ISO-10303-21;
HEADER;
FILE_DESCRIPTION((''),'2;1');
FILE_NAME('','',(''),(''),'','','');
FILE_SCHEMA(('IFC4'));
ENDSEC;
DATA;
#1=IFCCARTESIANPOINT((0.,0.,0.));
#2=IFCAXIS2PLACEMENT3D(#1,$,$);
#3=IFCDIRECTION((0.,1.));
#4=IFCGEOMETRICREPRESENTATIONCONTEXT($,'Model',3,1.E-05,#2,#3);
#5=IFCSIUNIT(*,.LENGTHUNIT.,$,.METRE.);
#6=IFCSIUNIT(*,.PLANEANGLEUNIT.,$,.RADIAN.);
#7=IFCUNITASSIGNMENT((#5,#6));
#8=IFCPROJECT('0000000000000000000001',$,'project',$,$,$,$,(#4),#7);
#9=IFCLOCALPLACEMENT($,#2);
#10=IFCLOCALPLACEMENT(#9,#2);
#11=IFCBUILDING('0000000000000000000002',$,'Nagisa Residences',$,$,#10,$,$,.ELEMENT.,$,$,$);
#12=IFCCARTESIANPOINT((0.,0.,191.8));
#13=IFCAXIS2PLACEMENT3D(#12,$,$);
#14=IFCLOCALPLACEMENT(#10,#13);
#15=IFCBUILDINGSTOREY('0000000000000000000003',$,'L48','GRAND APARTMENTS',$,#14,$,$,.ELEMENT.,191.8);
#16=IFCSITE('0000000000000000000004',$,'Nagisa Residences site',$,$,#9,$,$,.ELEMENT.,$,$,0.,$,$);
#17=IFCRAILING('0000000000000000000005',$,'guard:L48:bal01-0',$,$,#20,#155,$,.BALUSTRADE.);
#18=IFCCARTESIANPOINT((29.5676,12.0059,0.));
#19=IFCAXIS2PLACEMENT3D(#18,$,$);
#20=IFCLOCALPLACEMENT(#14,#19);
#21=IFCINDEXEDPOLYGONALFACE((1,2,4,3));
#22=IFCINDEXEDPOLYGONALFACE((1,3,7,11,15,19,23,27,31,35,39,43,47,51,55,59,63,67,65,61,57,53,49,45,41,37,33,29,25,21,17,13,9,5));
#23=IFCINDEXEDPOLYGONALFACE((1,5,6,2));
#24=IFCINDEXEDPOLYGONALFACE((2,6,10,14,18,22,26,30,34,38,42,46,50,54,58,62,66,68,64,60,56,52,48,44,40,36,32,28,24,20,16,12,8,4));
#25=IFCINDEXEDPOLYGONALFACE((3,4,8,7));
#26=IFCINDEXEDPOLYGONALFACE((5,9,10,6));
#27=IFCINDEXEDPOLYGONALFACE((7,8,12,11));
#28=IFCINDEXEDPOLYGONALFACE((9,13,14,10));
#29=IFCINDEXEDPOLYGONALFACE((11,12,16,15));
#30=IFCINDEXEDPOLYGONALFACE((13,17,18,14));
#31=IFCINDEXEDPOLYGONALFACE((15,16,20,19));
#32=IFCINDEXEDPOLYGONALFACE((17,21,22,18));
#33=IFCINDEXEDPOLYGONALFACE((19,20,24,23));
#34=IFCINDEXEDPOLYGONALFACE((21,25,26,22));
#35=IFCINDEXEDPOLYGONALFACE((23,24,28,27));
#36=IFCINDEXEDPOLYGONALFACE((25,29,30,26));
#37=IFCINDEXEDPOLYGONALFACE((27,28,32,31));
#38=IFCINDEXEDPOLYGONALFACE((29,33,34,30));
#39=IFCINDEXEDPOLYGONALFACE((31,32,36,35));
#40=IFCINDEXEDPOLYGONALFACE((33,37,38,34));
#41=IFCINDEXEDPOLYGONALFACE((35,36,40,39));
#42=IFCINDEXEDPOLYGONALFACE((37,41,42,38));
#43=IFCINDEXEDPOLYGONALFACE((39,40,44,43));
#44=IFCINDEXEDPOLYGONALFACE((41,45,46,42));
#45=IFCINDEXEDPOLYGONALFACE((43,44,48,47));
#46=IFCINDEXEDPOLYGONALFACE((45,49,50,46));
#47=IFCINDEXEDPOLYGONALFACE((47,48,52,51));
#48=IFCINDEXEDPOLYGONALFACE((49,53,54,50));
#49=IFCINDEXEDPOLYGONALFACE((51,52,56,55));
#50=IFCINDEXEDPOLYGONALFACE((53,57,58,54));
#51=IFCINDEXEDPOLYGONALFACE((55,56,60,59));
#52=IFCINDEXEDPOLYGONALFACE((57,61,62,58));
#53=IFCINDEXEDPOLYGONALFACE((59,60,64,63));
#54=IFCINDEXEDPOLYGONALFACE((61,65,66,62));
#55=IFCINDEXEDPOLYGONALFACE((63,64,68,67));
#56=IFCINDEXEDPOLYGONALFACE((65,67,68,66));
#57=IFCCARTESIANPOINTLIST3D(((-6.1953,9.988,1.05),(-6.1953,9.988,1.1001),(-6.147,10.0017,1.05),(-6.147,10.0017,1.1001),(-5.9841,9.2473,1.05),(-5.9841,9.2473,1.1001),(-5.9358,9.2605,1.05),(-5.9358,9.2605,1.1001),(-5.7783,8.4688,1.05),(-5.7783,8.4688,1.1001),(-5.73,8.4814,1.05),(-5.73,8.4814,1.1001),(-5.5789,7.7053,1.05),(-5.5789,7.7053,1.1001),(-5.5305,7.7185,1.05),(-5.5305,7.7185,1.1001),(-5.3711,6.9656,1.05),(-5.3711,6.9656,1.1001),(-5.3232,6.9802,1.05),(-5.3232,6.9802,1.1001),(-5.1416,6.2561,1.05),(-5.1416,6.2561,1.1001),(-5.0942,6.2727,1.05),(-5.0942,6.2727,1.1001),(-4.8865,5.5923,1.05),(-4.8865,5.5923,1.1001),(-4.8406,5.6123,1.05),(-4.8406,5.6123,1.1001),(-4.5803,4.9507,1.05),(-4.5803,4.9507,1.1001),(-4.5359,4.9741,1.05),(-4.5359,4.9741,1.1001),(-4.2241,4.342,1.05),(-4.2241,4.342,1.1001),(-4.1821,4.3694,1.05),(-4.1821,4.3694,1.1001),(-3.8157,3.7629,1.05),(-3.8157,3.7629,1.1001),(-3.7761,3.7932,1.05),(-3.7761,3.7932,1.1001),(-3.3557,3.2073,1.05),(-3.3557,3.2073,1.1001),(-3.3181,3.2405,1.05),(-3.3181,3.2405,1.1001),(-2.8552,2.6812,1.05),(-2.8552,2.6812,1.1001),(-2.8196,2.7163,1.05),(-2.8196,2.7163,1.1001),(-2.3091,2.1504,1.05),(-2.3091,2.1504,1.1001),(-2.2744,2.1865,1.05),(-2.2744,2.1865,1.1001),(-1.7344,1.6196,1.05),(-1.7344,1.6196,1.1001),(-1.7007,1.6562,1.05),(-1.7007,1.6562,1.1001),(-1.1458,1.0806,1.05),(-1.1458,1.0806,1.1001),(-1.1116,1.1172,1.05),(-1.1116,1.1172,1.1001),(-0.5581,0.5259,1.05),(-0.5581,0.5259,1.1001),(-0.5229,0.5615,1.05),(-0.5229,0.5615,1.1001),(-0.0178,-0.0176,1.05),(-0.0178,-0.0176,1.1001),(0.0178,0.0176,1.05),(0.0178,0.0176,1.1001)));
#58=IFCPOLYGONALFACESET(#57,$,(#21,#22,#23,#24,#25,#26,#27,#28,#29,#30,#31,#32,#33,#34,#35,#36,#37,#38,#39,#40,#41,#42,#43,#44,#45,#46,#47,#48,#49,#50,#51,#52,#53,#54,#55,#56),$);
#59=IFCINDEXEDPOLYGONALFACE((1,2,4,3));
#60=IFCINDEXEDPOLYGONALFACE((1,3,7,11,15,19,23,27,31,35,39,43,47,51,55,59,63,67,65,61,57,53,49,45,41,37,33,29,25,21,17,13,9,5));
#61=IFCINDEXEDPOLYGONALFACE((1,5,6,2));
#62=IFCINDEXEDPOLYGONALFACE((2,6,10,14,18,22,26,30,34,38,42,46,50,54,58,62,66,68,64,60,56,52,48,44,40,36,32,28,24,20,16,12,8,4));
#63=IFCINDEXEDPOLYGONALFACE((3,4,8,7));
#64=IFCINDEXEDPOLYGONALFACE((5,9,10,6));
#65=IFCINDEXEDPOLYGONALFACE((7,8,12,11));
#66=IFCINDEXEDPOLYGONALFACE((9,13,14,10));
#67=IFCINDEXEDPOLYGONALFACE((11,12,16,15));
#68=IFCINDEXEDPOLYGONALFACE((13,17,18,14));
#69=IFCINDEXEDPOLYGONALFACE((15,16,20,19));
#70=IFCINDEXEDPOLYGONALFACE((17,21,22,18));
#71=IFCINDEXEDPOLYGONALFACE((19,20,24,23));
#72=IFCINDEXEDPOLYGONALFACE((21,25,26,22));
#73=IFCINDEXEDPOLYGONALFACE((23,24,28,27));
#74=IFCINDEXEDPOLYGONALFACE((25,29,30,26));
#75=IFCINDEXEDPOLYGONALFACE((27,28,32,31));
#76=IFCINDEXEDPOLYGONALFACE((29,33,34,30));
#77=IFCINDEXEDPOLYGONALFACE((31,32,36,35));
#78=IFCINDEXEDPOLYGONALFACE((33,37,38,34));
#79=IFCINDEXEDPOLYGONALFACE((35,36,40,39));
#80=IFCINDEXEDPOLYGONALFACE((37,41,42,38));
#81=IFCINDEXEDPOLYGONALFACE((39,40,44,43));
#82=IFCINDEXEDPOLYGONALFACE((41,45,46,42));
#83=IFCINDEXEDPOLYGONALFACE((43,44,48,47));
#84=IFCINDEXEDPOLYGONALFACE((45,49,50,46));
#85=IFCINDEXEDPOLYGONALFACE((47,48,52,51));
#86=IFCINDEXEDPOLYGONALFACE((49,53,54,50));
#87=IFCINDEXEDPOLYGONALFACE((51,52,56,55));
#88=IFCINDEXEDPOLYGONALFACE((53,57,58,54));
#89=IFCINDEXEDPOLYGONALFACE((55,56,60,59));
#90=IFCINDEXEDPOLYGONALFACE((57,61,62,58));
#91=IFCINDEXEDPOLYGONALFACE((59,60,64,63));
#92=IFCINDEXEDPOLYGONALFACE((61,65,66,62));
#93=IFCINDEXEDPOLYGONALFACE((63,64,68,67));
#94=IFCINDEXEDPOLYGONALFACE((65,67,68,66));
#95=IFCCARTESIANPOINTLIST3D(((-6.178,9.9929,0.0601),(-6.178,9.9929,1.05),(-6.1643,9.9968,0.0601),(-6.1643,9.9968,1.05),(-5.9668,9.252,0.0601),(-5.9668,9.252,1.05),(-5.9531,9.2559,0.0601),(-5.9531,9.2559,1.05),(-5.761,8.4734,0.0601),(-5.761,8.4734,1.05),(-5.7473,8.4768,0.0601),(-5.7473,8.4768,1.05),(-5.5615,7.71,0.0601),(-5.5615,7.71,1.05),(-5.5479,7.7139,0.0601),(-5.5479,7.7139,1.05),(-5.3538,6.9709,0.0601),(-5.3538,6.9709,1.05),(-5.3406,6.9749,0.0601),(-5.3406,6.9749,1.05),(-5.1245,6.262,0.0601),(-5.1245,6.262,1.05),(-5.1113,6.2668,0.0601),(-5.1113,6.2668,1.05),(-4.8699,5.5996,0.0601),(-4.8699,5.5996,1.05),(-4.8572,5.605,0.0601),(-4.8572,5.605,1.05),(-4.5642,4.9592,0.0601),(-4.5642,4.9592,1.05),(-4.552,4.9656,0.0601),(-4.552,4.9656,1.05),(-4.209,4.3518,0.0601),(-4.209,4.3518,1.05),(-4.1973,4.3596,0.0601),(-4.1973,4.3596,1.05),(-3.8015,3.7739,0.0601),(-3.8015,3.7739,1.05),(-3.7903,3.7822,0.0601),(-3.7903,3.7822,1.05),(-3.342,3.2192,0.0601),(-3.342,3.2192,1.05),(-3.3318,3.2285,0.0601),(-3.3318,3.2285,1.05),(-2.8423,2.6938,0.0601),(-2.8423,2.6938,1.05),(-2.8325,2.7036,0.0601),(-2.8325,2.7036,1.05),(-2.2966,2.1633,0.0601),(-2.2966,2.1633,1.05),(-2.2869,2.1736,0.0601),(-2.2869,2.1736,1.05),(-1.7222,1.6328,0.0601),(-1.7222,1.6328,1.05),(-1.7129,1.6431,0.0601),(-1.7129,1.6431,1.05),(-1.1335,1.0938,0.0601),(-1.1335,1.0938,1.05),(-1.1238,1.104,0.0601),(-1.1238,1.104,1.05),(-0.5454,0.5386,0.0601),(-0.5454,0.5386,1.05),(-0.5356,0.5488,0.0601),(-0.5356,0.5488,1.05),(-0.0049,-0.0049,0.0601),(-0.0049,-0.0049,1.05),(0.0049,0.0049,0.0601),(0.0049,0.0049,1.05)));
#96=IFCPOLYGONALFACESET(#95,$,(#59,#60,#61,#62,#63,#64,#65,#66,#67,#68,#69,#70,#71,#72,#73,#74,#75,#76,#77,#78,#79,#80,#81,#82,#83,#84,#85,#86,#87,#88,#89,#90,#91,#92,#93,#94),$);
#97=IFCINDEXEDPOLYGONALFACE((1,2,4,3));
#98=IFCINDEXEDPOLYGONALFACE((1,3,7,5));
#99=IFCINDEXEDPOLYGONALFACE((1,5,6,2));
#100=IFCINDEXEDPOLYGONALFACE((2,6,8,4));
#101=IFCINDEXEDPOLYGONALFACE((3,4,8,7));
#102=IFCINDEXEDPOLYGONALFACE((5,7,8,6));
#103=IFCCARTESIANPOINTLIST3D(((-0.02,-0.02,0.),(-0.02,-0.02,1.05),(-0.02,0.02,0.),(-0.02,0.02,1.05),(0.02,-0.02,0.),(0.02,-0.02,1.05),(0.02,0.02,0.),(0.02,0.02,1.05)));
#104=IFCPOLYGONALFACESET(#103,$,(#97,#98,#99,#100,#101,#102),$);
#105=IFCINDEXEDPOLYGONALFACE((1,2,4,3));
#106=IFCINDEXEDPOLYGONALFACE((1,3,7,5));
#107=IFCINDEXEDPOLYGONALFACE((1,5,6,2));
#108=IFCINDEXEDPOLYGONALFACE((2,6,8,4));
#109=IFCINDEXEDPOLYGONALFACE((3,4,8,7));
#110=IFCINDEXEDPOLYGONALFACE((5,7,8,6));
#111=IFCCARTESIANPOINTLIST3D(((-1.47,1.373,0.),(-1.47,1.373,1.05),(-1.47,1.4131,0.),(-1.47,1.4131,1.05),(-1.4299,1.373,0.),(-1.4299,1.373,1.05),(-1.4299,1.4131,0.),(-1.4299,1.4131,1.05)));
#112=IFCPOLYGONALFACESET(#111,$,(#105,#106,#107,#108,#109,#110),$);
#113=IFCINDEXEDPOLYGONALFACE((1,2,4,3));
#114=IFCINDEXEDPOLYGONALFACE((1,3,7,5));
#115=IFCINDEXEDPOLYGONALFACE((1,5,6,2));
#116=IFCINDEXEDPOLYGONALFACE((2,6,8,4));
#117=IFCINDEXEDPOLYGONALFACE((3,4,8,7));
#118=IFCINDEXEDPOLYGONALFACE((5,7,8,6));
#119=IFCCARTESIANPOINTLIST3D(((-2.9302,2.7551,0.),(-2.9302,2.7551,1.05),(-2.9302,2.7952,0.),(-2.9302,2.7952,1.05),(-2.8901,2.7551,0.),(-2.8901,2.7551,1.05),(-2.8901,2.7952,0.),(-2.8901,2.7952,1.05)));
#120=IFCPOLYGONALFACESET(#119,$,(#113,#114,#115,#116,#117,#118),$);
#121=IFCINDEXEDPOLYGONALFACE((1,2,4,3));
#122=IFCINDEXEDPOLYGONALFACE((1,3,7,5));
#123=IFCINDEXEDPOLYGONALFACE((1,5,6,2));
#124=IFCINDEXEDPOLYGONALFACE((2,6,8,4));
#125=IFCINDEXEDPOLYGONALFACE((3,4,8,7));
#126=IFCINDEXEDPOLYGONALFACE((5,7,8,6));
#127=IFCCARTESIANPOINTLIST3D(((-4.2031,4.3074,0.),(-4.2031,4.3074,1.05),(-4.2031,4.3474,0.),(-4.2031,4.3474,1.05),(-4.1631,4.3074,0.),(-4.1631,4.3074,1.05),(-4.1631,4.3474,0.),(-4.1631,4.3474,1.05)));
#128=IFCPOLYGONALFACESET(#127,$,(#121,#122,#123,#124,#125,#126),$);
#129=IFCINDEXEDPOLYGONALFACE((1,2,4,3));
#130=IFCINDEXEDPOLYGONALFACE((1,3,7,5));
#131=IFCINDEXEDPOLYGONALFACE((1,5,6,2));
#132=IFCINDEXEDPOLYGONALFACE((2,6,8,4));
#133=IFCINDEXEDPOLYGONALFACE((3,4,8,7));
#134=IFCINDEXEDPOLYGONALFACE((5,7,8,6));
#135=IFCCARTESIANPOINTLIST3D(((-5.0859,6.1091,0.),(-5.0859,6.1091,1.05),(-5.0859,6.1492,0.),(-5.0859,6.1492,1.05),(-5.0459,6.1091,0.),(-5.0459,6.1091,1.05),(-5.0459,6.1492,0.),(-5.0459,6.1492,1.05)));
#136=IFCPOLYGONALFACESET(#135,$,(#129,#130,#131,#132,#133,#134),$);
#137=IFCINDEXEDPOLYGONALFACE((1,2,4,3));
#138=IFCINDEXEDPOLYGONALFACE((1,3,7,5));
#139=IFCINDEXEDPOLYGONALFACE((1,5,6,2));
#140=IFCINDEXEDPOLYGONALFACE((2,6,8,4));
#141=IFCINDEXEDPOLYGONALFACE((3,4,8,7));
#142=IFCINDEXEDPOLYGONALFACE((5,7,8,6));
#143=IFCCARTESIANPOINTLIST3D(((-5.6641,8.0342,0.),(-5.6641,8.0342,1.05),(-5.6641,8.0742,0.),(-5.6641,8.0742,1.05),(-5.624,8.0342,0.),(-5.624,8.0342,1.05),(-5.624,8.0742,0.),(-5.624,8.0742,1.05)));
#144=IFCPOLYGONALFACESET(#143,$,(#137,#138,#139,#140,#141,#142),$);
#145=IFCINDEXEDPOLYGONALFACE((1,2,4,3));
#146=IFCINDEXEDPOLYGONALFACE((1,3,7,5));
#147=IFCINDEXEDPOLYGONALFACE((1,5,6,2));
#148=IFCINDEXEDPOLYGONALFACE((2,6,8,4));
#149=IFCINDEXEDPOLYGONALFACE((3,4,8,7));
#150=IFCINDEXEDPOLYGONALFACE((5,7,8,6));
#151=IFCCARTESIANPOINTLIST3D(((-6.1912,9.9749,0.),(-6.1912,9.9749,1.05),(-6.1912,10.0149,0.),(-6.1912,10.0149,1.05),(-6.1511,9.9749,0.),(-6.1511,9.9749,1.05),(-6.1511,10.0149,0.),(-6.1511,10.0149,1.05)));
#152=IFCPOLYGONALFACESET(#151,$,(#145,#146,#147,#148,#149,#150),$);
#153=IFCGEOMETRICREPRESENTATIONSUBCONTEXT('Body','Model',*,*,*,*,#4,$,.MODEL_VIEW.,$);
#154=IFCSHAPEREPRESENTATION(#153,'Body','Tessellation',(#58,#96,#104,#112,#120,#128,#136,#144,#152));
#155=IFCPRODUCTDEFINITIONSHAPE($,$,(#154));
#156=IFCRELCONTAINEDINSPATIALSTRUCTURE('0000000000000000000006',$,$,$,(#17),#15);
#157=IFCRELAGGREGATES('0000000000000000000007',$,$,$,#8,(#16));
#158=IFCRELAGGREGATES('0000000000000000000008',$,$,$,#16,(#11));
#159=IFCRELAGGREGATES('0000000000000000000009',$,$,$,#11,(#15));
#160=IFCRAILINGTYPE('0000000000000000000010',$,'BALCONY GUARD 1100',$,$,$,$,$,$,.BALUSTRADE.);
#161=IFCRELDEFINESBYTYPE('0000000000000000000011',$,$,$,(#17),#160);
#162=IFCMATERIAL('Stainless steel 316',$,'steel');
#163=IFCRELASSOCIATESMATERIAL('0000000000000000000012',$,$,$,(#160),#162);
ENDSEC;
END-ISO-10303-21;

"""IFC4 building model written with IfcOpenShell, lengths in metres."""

from ifc_helpers import new_model, si_unit, direction, frame, origin, origin_2d, place, context, subcontext, project, spatial, polyline, rectangle, outline, extrude, material, type_object, element, save


model = new_model("IFC4")

# Units and contexts
model_context = context("Model", 3, precision=1e-05, world=origin(), true_north=direction((0.0, 1.0)))
body_context = subcontext(model_context, "Body", "Model", "MODEL_VIEW")
ifc_project = project(units=[si_unit("LENGTHUNIT", "METRE"), si_unit("PLANEANGLEUNIT", "RADIAN")], contexts=[model_context])

# Site, building, storey
site_placement = place(None, origin())
site = spatial("IfcSite", under=ifc_project, at=site_placement, Name="Nagisa Residences site", CompositionType="ELEMENT", RefElevation=0.0)
building_placement = place(site_placement, origin())
building = spatial("IfcBuilding", under=site, at=building_placement, Name="Nagisa Residences", CompositionType="ELEMENT")
storey_placement = place(building_placement, frame((0.0, 0.0, 191.8)))
storey = spatial("IfcBuildingStorey", under=building, at=storey_placement, Name="L48", Description="GRAND APARTMENTS", CompositionType="ELEMENT", Elevation=191.8)

# Railing
ifc_material_1 = material(Name="Stainless steel 316", Category="steel")
railing_type = type_object("IfcRailingType", Name="BALCONY GUARD 1100", PredefinedType="BALUSTRADE", material=ifc_material_1)
railing_1_placement = place(storey_placement, frame((29.5676, 12.0059, 0.0)))
element("IfcRailing", 1, at=railing_1_placement, inside=storey, type_object=railing_type, Name="guard:L48:bal01-0", PredefinedType="BALUSTRADE", context=body_context, shape_type="SweptSolid", body=[
    extrude(outline(polyline([(-0.5581, 0.5259), (-0.0178, -0.0176), (0.0178, 0.0176), (-0.5229, 0.5615), (-1.1116, 1.1172), (-1.7007, 1.6562), (-2.2744, 2.1865), (-2.8196, 2.7163), (-3.3181, 3.2405), (-3.7761, 3.7932), (-4.1821, 4.3694), (-4.5359, 4.9741), (-4.8406, 5.6123), (-5.0942, 6.2727), (-5.3232, 6.9802), (-5.5305, 7.7185), (-5.73, 8.4814), (-5.9358, 9.2605), (-6.147, 10.0017), (-6.1953, 9.988), (-5.9841, 9.2473), (-5.7783, 8.4688), (-5.5789, 7.7053), (-5.3711, 6.9656), (-5.1416, 6.2561), (-4.8865, 5.5923), (-4.5803, 4.9507), (-4.2241, 4.342), (-3.8157, 3.7629), (-3.3557, 3.2073), (-2.8552, 2.6812), (-2.3091, 2.1504), (-1.7344, 1.6196), (-1.1458, 1.0806), (-0.5581, 0.5259)])), frame((0.0, 0.0, 1.05)), (0.0, 0.0, 1.0), 0.05),
    extrude(outline(polyline([(-0.5454, 0.5386), (-0.0049, -0.0049), (0.0049, 0.0049), (-0.5356, 0.5488), (-1.1238, 1.104), (-1.7129, 1.6431), (-2.2869, 2.1736), (-2.8325, 2.7036), (-3.3318, 3.2285), (-3.7903, 3.7822), (-4.1973, 4.3596), (-4.552, 4.9656), (-4.8572, 5.605), (-5.1113, 6.2668), (-5.3406, 6.9749), (-5.5479, 7.7139), (-5.7473, 8.4768), (-5.9531, 9.2559), (-6.1643, 9.9968), (-6.178, 9.9929), (-5.9668, 9.252), (-5.761, 8.4734), (-5.5615, 7.71), (-5.3538, 6.9709), (-5.1245, 6.262), (-4.8699, 5.5996), (-4.5642, 4.9592), (-4.209, 4.3518), (-3.8015, 3.7739), (-3.342, 3.2192), (-2.8423, 2.6938), (-2.2966, 2.1633), (-1.7222, 1.6328), (-1.1335, 1.0938), (-0.5454, 0.5386)])), frame((0.0, 0.0, 0.0601)), (0.0, 0.0, 1.0), 0.99),
    extrude(rectangle(XDim=0.04, YDim=0.04, at=origin_2d()), origin(), (0.0, 0.0, 1.0), 1.05),
    extrude(rectangle(XDim=0.04, YDim=0.04, at=origin_2d()), frame((-1.45, 1.3931, 0.0)), (0.0, 0.0, 1.0), 1.05),
    extrude(rectangle(XDim=0.04, YDim=0.04, at=origin_2d()), frame((-2.9102, 2.7751, 0.0)), (0.0, 0.0, 1.0), 1.05),
    extrude(rectangle(XDim=0.04, YDim=0.04, at=origin_2d()), frame((-4.1831, 4.3274, 0.0)), (0.0, 0.0, 1.0), 1.05),
    extrude(rectangle(XDim=0.04, YDim=0.04, at=origin_2d()), frame((-5.0659, 6.1292, 0.0)), (0.0, 0.0, 1.0), 1.05),
    extrude(rectangle(XDim=0.04, YDim=0.04, at=origin_2d()), frame((-5.644, 8.0542, 0.0)), (0.0, 0.0, 1.0), 1.05),
    extrude(rectangle(XDim=0.04, YDim=0.04, at=origin_2d()), frame((-6.1711, 9.9949, 0.0)), (0.0, 0.0, 1.0), 1.05),
])

save(model, "model.ifc")
